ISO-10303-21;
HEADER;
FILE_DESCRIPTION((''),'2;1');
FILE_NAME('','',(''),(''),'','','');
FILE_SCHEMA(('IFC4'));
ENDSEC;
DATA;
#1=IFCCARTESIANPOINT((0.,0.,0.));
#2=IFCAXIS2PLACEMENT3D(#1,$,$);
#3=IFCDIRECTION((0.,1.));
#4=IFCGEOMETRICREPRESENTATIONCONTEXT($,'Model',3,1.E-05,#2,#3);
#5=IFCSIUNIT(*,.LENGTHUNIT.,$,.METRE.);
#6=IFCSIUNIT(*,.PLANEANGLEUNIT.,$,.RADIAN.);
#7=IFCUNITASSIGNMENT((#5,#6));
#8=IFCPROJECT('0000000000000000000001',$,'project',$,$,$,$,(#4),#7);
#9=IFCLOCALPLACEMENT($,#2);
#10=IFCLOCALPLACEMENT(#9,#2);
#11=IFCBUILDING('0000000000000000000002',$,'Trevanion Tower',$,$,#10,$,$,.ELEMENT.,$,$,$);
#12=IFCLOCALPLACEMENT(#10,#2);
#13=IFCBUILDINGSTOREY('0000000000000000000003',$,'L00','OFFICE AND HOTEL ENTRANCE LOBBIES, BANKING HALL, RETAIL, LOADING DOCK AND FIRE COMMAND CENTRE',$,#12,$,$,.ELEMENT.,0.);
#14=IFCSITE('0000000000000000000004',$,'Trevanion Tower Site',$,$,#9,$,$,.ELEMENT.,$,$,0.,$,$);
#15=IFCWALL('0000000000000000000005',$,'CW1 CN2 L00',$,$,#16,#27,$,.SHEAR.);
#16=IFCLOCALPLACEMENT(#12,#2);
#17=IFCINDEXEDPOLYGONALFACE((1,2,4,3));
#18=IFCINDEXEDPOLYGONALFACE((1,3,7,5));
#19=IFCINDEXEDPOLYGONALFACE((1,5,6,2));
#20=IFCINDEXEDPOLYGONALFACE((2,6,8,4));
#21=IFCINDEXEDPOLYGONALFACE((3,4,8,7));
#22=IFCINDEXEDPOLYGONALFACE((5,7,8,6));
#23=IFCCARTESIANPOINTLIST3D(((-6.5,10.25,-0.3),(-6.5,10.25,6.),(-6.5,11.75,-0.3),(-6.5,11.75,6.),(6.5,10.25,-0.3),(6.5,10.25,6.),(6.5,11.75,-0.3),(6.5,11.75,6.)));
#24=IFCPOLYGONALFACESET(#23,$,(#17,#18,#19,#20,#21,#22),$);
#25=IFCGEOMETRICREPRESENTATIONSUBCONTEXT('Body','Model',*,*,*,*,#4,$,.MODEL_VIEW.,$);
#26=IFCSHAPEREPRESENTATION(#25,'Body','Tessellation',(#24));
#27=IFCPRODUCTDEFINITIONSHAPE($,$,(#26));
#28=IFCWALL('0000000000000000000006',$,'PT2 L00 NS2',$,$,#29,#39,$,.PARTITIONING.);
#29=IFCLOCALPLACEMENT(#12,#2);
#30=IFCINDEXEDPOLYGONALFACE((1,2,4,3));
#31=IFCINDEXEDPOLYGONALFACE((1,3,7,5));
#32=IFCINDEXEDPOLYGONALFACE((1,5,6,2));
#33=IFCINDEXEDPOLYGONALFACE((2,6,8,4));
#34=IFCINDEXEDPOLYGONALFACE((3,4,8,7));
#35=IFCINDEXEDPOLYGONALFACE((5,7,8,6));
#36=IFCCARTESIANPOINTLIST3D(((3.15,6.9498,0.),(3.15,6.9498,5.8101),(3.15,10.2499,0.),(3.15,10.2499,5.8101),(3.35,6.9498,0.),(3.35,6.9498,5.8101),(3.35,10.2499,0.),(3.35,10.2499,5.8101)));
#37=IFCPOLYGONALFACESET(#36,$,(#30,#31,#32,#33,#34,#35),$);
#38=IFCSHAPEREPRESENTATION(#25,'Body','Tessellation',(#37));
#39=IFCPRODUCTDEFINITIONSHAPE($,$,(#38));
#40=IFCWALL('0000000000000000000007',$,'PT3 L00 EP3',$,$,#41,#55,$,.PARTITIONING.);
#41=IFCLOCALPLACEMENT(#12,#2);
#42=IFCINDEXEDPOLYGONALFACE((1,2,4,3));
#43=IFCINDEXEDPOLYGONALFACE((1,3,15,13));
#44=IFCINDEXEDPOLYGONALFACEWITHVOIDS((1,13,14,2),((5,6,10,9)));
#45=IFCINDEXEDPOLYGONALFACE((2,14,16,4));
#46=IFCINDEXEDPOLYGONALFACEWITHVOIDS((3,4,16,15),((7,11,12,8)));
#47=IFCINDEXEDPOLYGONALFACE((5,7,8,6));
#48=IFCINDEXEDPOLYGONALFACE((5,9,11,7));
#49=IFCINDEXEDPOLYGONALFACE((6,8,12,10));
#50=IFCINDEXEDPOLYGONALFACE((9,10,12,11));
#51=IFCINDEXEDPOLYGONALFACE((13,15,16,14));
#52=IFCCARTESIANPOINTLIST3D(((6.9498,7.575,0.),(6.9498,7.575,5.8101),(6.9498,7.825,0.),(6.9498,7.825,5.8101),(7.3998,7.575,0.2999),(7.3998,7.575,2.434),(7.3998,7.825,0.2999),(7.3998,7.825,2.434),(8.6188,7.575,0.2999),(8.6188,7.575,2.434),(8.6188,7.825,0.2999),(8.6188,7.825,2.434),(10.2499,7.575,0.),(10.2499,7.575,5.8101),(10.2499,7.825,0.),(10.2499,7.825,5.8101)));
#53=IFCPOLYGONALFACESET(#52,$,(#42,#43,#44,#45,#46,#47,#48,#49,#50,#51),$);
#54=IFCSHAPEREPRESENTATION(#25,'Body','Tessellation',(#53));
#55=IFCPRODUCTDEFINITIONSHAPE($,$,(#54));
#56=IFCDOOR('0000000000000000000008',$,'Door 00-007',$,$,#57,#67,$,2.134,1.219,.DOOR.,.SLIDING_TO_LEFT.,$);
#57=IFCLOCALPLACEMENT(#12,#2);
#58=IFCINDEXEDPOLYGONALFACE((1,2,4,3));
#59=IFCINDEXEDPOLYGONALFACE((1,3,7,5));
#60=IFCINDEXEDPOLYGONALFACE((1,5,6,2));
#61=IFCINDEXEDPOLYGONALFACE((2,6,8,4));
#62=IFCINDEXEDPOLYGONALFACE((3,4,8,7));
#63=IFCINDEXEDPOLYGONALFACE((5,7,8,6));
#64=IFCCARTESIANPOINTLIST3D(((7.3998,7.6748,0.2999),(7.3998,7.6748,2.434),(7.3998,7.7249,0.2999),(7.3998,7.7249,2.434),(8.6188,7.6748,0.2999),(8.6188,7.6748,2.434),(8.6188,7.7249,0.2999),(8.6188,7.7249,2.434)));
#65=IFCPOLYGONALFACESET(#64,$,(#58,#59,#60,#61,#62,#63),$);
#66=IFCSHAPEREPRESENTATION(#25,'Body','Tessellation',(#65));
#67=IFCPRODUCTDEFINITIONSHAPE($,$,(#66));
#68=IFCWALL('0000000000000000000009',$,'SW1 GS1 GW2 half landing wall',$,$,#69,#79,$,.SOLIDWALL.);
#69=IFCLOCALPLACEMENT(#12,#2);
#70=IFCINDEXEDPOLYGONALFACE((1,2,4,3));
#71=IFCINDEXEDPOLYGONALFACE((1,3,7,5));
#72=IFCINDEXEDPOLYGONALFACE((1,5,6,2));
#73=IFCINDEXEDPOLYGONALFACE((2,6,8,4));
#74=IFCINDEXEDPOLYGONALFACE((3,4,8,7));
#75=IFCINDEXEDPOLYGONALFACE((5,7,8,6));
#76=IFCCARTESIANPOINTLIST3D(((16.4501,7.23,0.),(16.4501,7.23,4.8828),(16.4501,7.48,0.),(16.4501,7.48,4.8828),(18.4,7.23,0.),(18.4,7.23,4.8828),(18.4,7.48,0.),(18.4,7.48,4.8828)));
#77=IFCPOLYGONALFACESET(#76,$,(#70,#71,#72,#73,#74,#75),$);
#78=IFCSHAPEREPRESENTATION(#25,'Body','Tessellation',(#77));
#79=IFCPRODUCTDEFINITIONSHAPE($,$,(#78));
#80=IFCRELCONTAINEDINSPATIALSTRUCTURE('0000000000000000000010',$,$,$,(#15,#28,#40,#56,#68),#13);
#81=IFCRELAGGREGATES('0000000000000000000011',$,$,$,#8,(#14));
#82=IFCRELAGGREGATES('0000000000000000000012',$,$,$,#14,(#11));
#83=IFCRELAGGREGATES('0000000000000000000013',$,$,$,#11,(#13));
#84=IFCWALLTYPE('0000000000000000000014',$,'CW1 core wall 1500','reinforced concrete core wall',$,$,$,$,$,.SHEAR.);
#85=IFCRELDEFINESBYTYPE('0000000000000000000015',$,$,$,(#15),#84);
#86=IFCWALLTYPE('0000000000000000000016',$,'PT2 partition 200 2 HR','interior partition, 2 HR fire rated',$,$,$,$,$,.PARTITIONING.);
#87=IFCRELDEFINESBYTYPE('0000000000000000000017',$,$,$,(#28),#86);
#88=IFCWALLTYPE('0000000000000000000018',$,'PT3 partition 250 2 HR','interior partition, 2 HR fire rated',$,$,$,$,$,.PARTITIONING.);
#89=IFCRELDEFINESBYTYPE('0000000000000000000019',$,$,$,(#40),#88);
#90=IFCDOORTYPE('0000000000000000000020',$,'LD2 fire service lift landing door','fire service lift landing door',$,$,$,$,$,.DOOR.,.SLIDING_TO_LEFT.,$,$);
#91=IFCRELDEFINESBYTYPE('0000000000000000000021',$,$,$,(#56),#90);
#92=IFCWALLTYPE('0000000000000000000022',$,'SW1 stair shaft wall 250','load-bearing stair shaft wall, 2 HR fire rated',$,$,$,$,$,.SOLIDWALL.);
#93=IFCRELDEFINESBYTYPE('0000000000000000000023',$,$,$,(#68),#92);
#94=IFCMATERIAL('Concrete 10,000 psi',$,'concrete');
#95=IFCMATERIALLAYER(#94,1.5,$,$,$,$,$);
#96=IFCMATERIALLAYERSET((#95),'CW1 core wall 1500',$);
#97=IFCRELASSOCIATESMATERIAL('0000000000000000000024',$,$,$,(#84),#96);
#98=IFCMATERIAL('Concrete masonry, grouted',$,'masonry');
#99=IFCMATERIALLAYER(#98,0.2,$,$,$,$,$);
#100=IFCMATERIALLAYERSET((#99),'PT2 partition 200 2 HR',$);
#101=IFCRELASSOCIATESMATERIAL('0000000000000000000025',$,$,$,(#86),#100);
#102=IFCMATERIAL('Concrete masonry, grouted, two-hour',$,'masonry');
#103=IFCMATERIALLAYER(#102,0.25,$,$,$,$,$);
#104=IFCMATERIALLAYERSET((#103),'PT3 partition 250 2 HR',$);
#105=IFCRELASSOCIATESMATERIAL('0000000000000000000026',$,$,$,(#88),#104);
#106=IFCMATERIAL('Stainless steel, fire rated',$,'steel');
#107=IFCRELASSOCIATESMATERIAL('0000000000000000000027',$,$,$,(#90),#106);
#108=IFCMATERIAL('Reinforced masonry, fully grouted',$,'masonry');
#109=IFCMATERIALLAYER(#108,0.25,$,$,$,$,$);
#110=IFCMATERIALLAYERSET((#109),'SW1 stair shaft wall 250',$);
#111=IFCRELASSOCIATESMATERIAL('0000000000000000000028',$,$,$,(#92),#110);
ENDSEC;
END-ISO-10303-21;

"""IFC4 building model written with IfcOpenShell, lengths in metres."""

from ifc_helpers import new_model, si_unit, direction, frame, frame_2d, origin, place, context, subcontext, project, spatial, rectangle, extrude, material, layer, layer_set, type_object, element, fill, save


model = new_model("IFC4")

# Units and contexts
model_context = context("Model", 3, precision=1e-05, world=origin(), true_north=direction((0.0, 1.0)))
body_context = subcontext(model_context, "Body", "Model", "MODEL_VIEW")
ifc_project = project(units=[si_unit("LENGTHUNIT", "METRE"), si_unit("PLANEANGLEUNIT", "RADIAN")], contexts=[model_context])

# Site, building, storey
site_placement = place(None, origin())
site = spatial("IfcSite", under=ifc_project, at=site_placement, Name="Trevanion Tower Site", CompositionType="ELEMENT", RefElevation=0.0)
building_placement = place(site_placement, origin())
building = spatial("IfcBuilding", under=site, at=building_placement, Name="Trevanion Tower", CompositionType="ELEMENT")
storey_placement = place(building_placement, origin())
storey = spatial("IfcBuildingStorey", under=building, at=storey_placement, Name="L00", Description="OFFICE AND HOTEL ENTRANCE LOBBIES, BANKING HALL, RETAIL, LOADING DOCK AND FIRE COMMAND CENTRE", CompositionType="ELEMENT", Elevation=0.0)

# Walls
ifc_material_1 = material(Name="Concrete 10,000 psi", Category="concrete")
ifc_layer_1 = layer(ifc_material_1, 1.5)
ifc_layer_set_1 = layer_set([ifc_layer_1], Name="CW1 core wall 1500")
wall_type_1 = type_object("IfcWallType", Name="CW1 core wall 1500", Description="reinforced concrete core wall", PredefinedType="SHEAR", material=ifc_layer_set_1)
wall_1_placement = place(storey_placement, frame((6.5, 11.0, -0.3), z_axis=(0.0, 0.0, 1.0), x_axis=(-1.0, 0.0, 0.0)))
element("IfcWall", 1, at=wall_1_placement, inside=storey, type_object=wall_type_1, Name="CW1 CN2 L00", PredefinedType="SHEAR", context=body_context, shape_type="SweptSolid", body=[
    extrude(rectangle(XDim=13.0, YDim=1.5, at=frame_2d((6.5, 0.0))), origin(), (0.0, 0.0, 1.0), 6.3),
])
ifc_material_2 = material(Name="Concrete masonry, grouted", Category="masonry")
ifc_layer_2 = layer(ifc_material_2, 0.2)
ifc_layer_set_2 = layer_set([ifc_layer_2], Name="PT2 partition 200 2 HR")
wall_type_2 = type_object("IfcWallType", Name="PT2 partition 200 2 HR", Description="interior partition, 2 HR fire rated", PredefinedType="PARTITIONING", material=ifc_layer_set_2)
wall_2_placement = place(storey_placement, frame((3.25, 6.95, 0.0), z_axis=(0.0, 0.0, 1.0), x_axis=(0.0, 1.0, 0.0)))
element("IfcWall", 2, at=wall_2_placement, inside=storey, type_object=wall_type_2, Name="PT2 L00 NS2", PredefinedType="PARTITIONING", context=body_context, shape_type="SweptSolid", body=[
    extrude(rectangle(XDim=3.3, YDim=0.2, at=frame_2d((1.6499, 0.0))), origin(), (0.0, 0.0, 1.0), 5.8101),
])

# Wall, opening, door
ifc_material_3 = material(Name="Concrete masonry, grouted, two-hour", Category="masonry")
ifc_layer_3 = layer(ifc_material_3, 0.25)
ifc_layer_set_3 = layer_set([ifc_layer_3], Name="PT3 partition 250 2 HR")
wall_type_3 = type_object("IfcWallType", Name="PT3 partition 250 2 HR", Description="interior partition, 2 HR fire rated", PredefinedType="PARTITIONING", material=ifc_layer_set_3)
wall_3_placement = place(storey_placement, frame((6.95, 7.7, 0.0), z_axis=(0.0, 0.0, 1.0), x_axis=(1.0, 0.0, 0.0)))
wall_3 = element("IfcWall", 3, at=wall_3_placement, inside=storey, type_object=wall_type_3, Name="PT3 L00 EP3", PredefinedType="PARTITIONING", context=body_context, shape_type="SweptSolid", body=[
    extrude(rectangle(XDim=3.3, YDim=0.25, at=frame_2d((1.6499, 0.0))), origin(), (0.0, 0.0, 1.0), 5.8101),
])
opening_placement = place(wall_3_placement, frame((0.45, 0.0, 0.3)))
opening = element("IfcOpeningElement", 4, at=opening_placement, cuts=wall_3, PredefinedType="OPENING", context=body_context, shape_type="SweptSolid", body=[
    extrude(rectangle(XDim=1.219, YDim=2.134, at=frame_2d((0.6094, 1.0669))), frame((0.0, 0.135, 0.0), z_axis=(0.0, -1.0, 0.0), x_axis=(1.0, 0.0, 0.0)), (0.0, 0.0, 1.0), 0.27),
])
ifc_material_4 = material(Name="Stainless steel, fire rated", Category="steel")
door_type = type_object("IfcDoorType", Name="LD2 fire service lift landing door", Description="fire service lift landing door", OperationType="SLIDING_TO_LEFT", PredefinedType="DOOR", material=ifc_material_4)
door_placement = place(opening_placement, origin())
door = element("IfcDoor", 5, at=door_placement, inside=storey, type_object=door_type, Name="Door 00-007", OperationType="SLIDING_TO_LEFT", OverallHeight=2.134, OverallWidth=1.219, PredefinedType="DOOR", context=body_context, shape_type="SweptSolid", body=[
    extrude(rectangle(XDim=1.219, YDim=2.134, at=frame_2d((0.6094, 1.0669))), frame((0.0, 0.0249, 0.0), z_axis=(0.0, -1.0, 0.0), x_axis=(1.0, 0.0, 0.0)), (0.0, 0.0, 1.0), 0.05),
])
fill(opening, door)

# Wall
ifc_material_5 = material(Name="Reinforced masonry, fully grouted", Category="masonry")
ifc_layer_4 = layer(ifc_material_5, 0.25)
ifc_layer_set_4 = layer_set([ifc_layer_4], Name="SW1 stair shaft wall 250")
wall_type_4 = type_object("IfcWallType", Name="SW1 stair shaft wall 250", Description="load-bearing stair shaft wall, 2 HR fire rated", PredefinedType="SOLIDWALL", material=ifc_layer_set_4)
wall_4_placement = place(storey_placement, frame((16.45, 7.355, 0.0), z_axis=(0.0, 0.0, 1.0), x_axis=(1.0, 0.0, 0.0)))
element("IfcWall", 6, at=wall_4_placement, inside=storey, type_object=wall_type_4, Name="SW1 GS1 GW2 half landing wall", PredefinedType="SOLIDWALL", context=body_context, shape_type="SweptSolid", body=[
    extrude(rectangle(XDim=1.95, YDim=0.25, at=frame_2d((0.9751, 0.0))), origin(), (0.0, 0.0, 1.0), 4.8828),
])

save(model, "model.ifc")
